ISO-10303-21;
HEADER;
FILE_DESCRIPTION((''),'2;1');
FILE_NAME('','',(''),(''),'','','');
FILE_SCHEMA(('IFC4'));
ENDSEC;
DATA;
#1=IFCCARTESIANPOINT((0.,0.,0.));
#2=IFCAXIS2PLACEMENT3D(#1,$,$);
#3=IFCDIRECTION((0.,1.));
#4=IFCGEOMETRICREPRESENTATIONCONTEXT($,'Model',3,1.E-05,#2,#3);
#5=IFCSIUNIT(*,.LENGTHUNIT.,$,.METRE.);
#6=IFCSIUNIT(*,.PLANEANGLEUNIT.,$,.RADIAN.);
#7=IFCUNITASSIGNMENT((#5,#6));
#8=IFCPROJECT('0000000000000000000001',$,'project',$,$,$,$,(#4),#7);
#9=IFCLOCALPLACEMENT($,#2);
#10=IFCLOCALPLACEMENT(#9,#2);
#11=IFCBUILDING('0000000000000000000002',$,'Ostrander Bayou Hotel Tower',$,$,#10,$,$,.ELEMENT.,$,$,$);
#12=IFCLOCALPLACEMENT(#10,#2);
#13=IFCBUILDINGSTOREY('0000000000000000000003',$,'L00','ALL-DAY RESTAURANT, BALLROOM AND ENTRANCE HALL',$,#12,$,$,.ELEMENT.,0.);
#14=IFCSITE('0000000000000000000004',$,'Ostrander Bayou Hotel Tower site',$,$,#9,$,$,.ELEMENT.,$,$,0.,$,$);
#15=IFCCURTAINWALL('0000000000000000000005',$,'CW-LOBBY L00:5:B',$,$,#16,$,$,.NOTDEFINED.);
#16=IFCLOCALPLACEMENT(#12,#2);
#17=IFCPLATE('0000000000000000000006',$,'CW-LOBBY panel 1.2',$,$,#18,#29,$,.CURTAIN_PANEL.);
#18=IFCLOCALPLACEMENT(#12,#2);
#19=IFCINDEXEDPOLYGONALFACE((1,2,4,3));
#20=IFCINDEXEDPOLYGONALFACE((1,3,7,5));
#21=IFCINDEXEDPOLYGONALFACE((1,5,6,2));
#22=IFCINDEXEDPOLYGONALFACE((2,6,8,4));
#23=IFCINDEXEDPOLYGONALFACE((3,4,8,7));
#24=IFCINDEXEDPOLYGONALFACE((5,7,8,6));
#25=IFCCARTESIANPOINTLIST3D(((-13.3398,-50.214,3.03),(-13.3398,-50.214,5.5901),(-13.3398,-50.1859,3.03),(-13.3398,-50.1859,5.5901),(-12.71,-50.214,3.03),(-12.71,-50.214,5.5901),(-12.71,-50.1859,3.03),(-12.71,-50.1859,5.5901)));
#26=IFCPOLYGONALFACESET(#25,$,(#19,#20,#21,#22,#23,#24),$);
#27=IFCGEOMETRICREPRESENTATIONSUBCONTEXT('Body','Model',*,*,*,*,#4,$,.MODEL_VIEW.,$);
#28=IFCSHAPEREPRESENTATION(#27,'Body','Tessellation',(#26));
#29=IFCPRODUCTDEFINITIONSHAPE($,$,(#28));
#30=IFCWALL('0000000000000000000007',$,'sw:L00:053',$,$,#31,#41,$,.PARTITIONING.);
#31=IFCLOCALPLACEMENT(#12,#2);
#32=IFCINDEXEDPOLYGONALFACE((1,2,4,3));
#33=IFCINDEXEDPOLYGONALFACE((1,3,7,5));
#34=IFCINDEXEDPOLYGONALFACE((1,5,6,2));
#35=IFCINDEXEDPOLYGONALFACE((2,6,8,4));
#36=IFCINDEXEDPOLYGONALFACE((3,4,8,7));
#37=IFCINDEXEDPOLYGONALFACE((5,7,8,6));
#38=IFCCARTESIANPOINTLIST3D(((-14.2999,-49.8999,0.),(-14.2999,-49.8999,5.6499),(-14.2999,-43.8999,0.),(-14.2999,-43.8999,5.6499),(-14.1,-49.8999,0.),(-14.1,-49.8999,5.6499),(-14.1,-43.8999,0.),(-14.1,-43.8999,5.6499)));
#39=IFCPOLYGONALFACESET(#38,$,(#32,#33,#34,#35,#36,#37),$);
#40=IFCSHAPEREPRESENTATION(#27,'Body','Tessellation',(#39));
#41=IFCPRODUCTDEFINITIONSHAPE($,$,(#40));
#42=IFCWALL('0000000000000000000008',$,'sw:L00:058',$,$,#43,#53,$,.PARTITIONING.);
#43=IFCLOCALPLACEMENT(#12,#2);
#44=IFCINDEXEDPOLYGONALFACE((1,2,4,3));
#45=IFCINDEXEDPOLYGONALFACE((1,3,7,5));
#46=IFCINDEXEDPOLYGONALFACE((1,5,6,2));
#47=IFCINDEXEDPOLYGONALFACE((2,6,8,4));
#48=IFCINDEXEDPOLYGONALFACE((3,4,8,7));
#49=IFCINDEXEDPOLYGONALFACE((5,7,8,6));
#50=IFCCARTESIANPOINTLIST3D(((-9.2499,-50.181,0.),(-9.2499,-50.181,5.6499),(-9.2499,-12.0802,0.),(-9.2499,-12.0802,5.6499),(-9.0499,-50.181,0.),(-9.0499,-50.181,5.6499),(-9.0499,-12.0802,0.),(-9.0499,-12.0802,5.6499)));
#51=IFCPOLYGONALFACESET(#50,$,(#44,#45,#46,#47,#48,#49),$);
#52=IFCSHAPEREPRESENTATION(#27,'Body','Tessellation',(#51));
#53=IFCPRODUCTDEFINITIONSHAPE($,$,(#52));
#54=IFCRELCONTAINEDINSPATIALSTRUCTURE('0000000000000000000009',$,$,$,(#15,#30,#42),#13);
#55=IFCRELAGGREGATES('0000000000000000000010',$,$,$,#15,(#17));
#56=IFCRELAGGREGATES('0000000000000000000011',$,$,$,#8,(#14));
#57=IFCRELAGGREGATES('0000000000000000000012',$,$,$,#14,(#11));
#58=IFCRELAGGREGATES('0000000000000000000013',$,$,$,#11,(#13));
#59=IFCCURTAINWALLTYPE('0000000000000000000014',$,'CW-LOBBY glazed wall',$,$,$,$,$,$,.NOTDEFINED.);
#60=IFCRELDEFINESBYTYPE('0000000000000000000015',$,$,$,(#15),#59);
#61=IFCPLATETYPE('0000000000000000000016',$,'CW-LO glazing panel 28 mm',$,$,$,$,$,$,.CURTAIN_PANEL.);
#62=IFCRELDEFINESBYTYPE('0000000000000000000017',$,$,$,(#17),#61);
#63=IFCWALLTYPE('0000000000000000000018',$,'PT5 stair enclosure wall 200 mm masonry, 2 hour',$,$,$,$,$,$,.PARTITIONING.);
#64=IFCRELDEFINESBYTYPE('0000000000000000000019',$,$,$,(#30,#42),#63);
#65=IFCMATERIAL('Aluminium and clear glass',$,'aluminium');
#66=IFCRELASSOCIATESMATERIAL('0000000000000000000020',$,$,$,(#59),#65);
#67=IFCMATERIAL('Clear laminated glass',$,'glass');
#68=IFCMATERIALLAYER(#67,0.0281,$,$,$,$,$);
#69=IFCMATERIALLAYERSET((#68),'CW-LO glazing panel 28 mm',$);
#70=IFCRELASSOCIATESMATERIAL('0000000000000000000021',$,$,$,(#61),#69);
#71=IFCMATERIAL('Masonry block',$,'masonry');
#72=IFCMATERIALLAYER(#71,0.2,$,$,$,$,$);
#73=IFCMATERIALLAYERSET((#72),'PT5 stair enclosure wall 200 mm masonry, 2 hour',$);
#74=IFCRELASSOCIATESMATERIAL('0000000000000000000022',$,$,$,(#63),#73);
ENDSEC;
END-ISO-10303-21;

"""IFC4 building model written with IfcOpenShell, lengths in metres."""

from ifc_helpers import new_model, si_unit, direction, frame, frame_2d, origin, origin_2d, place, context, subcontext, project, spatial, rectangle, extrude, material, layer, layer_set, type_object, element, aggregate, save


model = new_model("IFC4")

# Units and contexts
model_context = context("Model", 3, precision=1e-05, world=origin(), true_north=direction((0.0, 1.0)))
body_context = subcontext(model_context, "Body", "Model", "MODEL_VIEW")
ifc_project = project(units=[si_unit("LENGTHUNIT", "METRE"), si_unit("PLANEANGLEUNIT", "RADIAN")], contexts=[model_context])

# Site, building, storey
site_placement = place(None, origin())
site = spatial("IfcSite", under=ifc_project, at=site_placement, Name="Ostrander Bayou Hotel Tower site", CompositionType="ELEMENT", RefElevation=0.0)
building_placement = place(site_placement, origin())
building = spatial("IfcBuilding", under=site, at=building_placement, Name="Ostrander Bayou Hotel Tower", CompositionType="ELEMENT")
storey_placement = place(building_placement, origin())
storey = spatial("IfcBuildingStorey", under=building, at=storey_placement, Name="L00", Description="ALL-DAY RESTAURANT, BALLROOM AND ENTRANCE HALL", CompositionType="ELEMENT", Elevation=0.0)

# Curtain wall
ifc_material_1 = material(Name="Aluminium and clear glass", Category="aluminium")
curtain_wall_type_1 = type_object("IfcCurtainWallType", Name="CW-LOBBY glazed wall", PredefinedType="NOTDEFINED", material=ifc_material_1)
curtain_wall_1_placement = place(storey_placement, origin())
curtain_wall_1 = element("IfcCurtainWall", 1, at=curtain_wall_1_placement, inside=storey, type_object=curtain_wall_type_1, Name="CW-LOBBY L00:5:B", PredefinedType="NOTDEFINED")

# Plate
ifc_material_2 = material(Name="Clear laminated glass", Category="glass")
ifc_layer_1 = layer(ifc_material_2, 0.0281)
ifc_layer_set_1 = layer_set([ifc_layer_1], Name="CW-LO glazing panel 28 mm")
plate_type_1 = type_object("IfcPlateType", Name="CW-LO glazing panel 28 mm", PredefinedType="CURTAIN_PANEL", material=ifc_layer_set_1)
plate_1_placement = place(storey_placement, frame((-13.0249, -50.2, 3.03), z_axis=(0.0, 0.0, 1.0), x_axis=(-1.0, 0.0, 0.0)))
plate_1 = element("IfcPlate", 2, at=plate_1_placement, type_object=plate_type_1, Name="CW-LOBBY panel 1.2", PredefinedType="CURTAIN_PANEL", context=body_context, shape_type="SweptSolid", body=[
    extrude(rectangle(XDim=0.6299, YDim=0.0281, at=origin_2d()), origin(), (0.0, 0.0, 1.0), 2.5601),
])
aggregate(curtain_wall_1, [plate_1])

# Walls
ifc_material_3 = material(Name="Masonry block", Category="masonry")
ifc_layer_2 = layer(ifc_material_3, 0.2)
ifc_layer_set_2 = layer_set([ifc_layer_2], Name="PT5 stair enclosure wall 200 mm masonry, 2 hour")
wall_type_1 = type_object("IfcWallType", Name="PT5 stair enclosure wall 200 mm masonry, 2 hour", PredefinedType="PARTITIONING", material=ifc_layer_set_2)
wall_1_placement = place(storey_placement, frame((-14.2, -49.8999, 0.0), z_axis=(0.0, 0.0, 1.0), x_axis=(0.0, 1.0, 0.0)))
element("IfcWall", 3, at=wall_1_placement, inside=storey, type_object=wall_type_1, Name="sw:L00:053", PredefinedType="PARTITIONING", context=body_context, shape_type="SweptSolid", body=[
    extrude(rectangle(XDim=6.0, YDim=0.2, at=frame_2d((3.0, 0.0))), origin(), (0.0, 0.0, 1.0), 5.6499),
])
wall_2_placement = place(storey_placement, frame((-9.1499, -50.1809, 0.0), z_axis=(0.0, 0.0, 1.0), x_axis=(0.0, 1.0, 0.0)))
element("IfcWall", 4, at=wall_2_placement, inside=storey, type_object=wall_type_1, Name="sw:L00:058", PredefinedType="PARTITIONING", context=body_context, shape_type="SweptSolid", body=[
    extrude(rectangle(XDim=38.1008, YDim=0.2, at=frame_2d((19.0503, 0.0))), origin(), (0.0, 0.0, 1.0), 5.6499),
])

save(model, "model.ifc")
